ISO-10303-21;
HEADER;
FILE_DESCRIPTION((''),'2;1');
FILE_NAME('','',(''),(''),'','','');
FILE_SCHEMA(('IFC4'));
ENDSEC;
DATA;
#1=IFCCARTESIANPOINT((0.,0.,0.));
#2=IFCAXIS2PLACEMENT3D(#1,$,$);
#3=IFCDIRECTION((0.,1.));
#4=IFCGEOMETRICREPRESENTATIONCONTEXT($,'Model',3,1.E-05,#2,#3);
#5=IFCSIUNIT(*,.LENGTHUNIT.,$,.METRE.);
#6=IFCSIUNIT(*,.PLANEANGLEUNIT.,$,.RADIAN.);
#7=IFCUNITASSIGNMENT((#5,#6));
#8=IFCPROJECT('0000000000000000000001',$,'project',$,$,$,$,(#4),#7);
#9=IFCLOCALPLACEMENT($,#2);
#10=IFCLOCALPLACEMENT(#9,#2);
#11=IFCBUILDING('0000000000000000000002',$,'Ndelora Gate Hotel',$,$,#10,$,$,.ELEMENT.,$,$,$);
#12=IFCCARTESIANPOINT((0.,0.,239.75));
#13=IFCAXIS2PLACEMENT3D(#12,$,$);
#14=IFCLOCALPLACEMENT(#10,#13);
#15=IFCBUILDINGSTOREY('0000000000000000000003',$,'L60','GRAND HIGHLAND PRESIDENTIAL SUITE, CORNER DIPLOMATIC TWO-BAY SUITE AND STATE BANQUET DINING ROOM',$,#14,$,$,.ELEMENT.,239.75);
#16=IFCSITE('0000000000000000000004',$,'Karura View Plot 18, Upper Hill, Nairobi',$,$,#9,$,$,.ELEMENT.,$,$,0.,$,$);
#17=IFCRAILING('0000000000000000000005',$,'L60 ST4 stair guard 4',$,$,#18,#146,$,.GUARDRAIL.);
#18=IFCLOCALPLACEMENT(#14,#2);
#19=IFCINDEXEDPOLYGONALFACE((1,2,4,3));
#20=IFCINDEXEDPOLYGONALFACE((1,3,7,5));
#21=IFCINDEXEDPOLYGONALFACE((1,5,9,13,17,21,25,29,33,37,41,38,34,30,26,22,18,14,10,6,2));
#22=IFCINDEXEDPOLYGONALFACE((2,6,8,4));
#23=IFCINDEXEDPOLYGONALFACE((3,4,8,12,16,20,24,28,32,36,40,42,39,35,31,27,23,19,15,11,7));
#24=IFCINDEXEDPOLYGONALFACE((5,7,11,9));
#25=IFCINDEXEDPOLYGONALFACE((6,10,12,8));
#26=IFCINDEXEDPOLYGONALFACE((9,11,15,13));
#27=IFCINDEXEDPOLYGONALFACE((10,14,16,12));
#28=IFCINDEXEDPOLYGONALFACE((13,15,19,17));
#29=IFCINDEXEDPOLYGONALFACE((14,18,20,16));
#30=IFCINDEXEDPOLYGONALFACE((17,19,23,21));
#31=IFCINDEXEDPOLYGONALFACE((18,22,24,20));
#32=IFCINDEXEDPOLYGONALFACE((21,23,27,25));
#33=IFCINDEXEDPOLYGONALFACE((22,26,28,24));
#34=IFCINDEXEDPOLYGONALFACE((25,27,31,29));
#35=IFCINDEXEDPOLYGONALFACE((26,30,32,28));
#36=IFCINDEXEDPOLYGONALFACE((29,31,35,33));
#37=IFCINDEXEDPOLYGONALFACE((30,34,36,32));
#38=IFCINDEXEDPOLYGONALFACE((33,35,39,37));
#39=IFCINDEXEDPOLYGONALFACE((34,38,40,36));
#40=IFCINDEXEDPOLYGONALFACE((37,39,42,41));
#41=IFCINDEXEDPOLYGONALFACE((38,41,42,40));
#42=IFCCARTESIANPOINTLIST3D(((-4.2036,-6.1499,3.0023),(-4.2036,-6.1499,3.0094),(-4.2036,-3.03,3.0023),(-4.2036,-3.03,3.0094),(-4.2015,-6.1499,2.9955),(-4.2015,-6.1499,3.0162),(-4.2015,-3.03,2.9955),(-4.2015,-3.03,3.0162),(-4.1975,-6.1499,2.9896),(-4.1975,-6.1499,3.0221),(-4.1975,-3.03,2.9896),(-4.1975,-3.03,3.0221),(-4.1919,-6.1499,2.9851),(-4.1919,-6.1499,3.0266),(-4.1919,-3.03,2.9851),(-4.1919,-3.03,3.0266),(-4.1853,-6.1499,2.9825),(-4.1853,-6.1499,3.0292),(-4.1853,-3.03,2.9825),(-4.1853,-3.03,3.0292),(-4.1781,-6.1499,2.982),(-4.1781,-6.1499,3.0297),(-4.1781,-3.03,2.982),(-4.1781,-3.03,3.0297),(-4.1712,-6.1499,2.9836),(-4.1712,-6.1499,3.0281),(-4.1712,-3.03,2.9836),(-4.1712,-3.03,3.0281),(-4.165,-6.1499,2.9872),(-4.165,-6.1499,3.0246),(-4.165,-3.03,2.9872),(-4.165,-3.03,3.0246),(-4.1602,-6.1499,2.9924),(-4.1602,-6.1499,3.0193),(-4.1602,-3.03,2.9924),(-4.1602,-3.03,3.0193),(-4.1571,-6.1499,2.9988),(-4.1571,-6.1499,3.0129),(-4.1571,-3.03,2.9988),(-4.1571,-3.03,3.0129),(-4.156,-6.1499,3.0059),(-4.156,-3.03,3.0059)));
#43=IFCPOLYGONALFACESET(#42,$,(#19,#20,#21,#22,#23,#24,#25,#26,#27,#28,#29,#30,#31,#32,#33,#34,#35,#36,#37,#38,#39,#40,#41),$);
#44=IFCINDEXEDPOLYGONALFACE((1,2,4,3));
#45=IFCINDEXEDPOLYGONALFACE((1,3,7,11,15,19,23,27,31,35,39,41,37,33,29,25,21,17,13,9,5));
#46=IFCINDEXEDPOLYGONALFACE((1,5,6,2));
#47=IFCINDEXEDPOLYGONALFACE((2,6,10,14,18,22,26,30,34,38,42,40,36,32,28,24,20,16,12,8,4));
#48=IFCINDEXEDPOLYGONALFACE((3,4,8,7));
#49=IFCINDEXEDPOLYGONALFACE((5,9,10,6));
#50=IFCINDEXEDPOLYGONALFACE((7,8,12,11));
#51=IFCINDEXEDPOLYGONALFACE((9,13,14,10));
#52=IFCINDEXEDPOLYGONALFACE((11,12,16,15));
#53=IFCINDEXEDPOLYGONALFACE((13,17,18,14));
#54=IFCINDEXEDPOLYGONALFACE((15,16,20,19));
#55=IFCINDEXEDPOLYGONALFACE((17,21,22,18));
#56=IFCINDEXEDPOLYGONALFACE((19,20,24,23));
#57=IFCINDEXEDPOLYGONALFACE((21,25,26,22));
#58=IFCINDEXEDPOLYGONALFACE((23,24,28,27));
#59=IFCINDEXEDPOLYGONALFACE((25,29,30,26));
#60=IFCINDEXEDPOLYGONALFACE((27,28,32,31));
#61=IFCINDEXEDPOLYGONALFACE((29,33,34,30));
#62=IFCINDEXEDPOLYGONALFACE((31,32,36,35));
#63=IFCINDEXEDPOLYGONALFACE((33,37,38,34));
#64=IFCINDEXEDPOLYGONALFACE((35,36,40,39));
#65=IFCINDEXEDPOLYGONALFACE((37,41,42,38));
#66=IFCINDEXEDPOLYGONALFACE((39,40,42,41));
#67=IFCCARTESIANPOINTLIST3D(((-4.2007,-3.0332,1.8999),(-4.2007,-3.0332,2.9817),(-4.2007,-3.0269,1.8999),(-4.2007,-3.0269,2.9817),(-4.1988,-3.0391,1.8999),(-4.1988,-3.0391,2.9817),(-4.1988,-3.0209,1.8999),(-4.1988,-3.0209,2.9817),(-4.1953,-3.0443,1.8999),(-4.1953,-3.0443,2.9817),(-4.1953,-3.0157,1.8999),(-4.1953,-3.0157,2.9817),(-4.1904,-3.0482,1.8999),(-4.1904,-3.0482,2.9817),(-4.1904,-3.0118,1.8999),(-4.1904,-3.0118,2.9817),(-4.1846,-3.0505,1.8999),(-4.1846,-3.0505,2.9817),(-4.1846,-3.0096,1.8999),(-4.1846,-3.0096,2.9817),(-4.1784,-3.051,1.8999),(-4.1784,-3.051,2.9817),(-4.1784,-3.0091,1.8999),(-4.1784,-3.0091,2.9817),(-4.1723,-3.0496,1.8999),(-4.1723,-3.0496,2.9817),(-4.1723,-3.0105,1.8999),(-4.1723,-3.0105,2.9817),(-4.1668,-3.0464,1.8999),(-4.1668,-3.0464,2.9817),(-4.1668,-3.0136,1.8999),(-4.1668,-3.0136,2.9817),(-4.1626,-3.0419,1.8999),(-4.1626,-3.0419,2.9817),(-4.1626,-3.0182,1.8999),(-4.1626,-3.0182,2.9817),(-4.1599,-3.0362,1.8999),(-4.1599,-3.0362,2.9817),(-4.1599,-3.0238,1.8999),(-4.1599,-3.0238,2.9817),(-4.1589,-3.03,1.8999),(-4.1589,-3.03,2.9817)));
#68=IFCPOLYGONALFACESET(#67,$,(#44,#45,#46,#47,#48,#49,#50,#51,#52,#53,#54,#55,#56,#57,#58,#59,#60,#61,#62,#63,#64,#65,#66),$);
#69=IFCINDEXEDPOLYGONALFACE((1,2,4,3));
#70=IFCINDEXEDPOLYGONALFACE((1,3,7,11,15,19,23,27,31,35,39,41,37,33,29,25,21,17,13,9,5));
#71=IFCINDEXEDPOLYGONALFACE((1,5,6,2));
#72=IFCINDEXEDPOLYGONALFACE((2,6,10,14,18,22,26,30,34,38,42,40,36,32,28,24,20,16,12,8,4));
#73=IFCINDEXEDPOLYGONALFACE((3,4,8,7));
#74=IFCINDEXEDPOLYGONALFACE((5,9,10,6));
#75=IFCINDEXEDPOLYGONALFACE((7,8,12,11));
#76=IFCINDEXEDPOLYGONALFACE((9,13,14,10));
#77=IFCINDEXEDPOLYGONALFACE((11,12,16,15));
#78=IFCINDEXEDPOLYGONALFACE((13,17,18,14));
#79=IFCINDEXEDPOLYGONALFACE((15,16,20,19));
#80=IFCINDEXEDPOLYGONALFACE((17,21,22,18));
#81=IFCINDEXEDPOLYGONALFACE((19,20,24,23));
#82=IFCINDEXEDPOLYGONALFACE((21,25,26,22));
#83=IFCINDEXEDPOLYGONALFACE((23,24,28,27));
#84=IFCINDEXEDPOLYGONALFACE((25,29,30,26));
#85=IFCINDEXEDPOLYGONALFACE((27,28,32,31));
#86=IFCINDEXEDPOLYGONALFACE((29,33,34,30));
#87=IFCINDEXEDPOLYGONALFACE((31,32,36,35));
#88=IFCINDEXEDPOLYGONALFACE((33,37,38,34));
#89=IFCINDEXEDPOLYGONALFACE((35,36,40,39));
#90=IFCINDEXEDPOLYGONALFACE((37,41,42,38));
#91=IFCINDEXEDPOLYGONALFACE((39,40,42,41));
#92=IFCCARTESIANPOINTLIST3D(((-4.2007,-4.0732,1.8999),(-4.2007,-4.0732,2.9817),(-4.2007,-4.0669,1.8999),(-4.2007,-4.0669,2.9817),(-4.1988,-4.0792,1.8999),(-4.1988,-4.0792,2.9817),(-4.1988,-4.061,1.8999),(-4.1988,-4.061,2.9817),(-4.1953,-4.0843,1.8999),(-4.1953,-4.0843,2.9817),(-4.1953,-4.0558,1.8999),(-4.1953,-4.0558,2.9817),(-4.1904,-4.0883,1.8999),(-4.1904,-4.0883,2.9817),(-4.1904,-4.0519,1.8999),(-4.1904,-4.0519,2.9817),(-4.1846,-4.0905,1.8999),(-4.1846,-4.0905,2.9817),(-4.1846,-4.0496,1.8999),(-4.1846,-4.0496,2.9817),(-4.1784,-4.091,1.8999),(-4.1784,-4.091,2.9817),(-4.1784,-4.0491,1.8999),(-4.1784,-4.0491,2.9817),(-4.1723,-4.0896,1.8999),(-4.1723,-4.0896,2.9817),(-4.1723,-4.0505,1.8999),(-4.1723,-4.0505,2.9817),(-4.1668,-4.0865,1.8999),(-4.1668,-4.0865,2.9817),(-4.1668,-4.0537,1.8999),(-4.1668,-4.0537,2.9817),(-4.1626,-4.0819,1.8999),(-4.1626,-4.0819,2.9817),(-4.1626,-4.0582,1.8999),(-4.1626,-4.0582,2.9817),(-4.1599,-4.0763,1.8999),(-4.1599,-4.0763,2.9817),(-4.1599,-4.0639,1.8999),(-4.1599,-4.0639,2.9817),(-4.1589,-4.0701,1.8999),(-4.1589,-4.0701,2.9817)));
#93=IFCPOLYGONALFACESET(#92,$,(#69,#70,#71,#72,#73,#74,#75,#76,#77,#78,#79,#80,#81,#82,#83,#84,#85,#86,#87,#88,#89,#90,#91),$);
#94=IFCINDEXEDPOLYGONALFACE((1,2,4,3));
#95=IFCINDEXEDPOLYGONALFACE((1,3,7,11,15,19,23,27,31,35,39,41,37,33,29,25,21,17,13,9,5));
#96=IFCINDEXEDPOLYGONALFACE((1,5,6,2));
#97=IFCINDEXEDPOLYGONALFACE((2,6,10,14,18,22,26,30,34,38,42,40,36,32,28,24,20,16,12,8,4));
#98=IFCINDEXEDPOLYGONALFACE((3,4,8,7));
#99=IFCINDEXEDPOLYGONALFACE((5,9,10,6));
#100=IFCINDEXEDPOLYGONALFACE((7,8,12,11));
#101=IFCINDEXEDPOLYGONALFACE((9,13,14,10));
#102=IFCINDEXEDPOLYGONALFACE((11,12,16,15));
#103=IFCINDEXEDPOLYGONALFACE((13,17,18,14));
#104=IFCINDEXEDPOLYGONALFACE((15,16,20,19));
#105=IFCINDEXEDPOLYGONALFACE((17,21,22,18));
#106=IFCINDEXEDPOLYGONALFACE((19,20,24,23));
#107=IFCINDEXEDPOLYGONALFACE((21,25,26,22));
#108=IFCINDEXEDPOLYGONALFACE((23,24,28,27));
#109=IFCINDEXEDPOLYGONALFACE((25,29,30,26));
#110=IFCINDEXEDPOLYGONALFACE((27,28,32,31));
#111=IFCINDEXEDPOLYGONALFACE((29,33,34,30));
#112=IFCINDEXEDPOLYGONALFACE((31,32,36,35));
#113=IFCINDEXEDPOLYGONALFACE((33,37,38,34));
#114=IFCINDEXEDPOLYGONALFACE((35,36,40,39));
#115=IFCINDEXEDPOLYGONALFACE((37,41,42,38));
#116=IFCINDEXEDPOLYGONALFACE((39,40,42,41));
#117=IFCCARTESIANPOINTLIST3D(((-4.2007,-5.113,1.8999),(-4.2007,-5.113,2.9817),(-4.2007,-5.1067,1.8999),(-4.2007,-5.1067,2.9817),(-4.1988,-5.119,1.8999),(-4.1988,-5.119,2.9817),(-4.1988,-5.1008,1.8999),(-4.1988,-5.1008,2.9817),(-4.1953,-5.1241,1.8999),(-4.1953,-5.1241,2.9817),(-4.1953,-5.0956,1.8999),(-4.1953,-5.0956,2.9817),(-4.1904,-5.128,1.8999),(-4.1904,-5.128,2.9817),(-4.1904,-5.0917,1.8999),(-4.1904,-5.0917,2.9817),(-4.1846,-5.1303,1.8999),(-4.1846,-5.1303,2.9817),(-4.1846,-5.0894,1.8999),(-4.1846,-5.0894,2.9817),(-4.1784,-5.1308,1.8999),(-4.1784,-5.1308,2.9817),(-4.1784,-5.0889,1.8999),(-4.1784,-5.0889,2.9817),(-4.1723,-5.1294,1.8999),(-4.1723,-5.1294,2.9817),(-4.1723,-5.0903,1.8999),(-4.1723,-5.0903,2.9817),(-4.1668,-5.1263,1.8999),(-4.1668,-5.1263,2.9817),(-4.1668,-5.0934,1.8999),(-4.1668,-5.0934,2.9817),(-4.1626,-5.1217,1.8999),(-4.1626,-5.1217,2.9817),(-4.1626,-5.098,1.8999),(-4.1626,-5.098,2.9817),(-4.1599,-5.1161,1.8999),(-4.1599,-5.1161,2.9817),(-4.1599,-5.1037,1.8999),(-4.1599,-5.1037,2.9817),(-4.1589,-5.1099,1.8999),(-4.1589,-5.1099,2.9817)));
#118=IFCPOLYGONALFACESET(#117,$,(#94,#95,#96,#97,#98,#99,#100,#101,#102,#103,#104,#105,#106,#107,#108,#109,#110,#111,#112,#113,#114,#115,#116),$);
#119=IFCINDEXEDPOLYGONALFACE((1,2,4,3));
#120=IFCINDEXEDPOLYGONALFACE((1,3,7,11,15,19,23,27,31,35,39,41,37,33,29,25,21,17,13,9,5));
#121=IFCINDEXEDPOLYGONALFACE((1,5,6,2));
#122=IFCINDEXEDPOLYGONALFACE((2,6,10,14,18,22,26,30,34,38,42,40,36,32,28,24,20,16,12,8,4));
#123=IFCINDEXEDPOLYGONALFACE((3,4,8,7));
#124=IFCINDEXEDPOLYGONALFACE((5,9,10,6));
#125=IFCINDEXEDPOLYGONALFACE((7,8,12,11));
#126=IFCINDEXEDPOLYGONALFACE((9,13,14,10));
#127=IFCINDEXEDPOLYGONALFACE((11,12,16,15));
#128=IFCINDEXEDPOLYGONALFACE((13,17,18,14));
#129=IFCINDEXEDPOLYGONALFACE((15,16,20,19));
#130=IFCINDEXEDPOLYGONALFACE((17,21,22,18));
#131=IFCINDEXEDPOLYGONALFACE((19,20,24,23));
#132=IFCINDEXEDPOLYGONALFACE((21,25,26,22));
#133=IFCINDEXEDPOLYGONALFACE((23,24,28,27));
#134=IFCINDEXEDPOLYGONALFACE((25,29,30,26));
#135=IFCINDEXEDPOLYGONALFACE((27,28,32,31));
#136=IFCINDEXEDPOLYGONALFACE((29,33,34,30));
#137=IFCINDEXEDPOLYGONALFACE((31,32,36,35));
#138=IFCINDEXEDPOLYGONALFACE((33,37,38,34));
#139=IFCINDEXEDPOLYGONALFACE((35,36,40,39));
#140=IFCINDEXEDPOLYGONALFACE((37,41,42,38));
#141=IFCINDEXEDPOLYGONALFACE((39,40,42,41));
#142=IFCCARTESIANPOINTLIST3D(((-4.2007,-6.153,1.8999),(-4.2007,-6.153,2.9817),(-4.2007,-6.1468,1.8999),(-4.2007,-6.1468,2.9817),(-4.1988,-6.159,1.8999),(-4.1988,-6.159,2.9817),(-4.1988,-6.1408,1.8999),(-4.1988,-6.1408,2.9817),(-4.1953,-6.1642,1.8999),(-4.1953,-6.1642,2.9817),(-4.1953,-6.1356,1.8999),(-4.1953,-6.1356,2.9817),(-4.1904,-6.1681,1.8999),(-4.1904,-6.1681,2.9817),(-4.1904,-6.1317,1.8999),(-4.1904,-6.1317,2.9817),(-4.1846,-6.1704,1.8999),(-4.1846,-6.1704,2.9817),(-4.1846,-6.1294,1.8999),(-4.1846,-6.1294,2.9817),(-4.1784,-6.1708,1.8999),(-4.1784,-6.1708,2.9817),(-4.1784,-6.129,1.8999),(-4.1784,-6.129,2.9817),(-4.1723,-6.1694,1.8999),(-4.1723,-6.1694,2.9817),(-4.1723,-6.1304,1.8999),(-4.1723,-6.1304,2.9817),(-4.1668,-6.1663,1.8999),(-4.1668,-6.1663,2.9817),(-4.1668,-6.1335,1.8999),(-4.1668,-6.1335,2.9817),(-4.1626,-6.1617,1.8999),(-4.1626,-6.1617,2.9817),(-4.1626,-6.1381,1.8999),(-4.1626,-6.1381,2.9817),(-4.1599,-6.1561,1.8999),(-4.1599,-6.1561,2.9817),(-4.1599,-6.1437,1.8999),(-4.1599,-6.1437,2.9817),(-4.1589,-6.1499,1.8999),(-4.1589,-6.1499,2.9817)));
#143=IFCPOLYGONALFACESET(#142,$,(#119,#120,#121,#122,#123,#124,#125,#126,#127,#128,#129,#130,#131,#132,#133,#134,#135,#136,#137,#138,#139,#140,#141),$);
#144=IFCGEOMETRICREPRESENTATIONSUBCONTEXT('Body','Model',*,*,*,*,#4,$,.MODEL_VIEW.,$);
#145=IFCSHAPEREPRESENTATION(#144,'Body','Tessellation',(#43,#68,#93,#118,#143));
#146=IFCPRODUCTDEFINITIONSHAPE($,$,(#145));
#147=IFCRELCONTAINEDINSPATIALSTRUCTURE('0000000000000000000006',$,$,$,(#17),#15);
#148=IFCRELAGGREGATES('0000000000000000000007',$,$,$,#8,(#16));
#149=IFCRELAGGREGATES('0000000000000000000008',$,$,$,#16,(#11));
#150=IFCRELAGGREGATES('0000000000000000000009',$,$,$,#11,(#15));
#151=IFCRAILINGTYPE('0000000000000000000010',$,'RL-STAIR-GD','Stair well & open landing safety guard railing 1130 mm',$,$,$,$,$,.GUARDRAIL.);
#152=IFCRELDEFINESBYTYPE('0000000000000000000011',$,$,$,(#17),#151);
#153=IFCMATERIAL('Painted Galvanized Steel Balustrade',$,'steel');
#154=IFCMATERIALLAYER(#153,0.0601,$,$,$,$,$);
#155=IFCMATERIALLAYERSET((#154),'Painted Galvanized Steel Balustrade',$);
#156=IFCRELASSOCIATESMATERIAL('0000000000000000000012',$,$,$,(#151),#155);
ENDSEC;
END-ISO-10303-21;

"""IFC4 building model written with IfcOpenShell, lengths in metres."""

from ifc_helpers import new_model, si_unit, direction, frame, origin, origin_2d, place, context, subcontext, project, spatial, circle, extrude, material, layer, layer_set, type_object, element, save


model = new_model("IFC4")

# Units and contexts
model_context = context("Model", 3, precision=1e-05, world=origin(), true_north=direction((0.0, 1.0)))
body_context = subcontext(model_context, "Body", "Model", "MODEL_VIEW")
ifc_project = project(units=[si_unit("LENGTHUNIT", "METRE"), si_unit("PLANEANGLEUNIT", "RADIAN")], contexts=[model_context])

# Site, building, storey
site_placement = place(None, origin())
site = spatial("IfcSite", under=ifc_project, at=site_placement, Name="Karura View Plot 18, Upper Hill, Nairobi", CompositionType="ELEMENT", RefElevation=0.0)
building_placement = place(site_placement, origin())
building = spatial("IfcBuilding", under=site, at=building_placement, Name="Ndelora Gate Hotel", CompositionType="ELEMENT")
storey_placement = place(building_placement, frame((0.0, 0.0, 239.75)))
storey = spatial("IfcBuildingStorey", under=building, at=storey_placement, Name="L60", Description="GRAND HIGHLAND PRESIDENTIAL SUITE, CORNER DIPLOMATIC TWO-BAY SUITE AND STATE BANQUET DINING ROOM", CompositionType="ELEMENT", Elevation=239.75)

# Railing
ifc_material_1 = material(Name="Painted Galvanized Steel Balustrade", Category="steel")
ifc_layer_1 = layer(ifc_material_1, 0.0601)
ifc_layer_set_1 = layer_set([ifc_layer_1], Name="Painted Galvanized Steel Balustrade")
railing_type_1 = type_object("IfcRailingType", Name="RL-STAIR-GD", Description="Stair well & open landing safety guard railing 1130 mm", PredefinedType="GUARDRAIL", material=ifc_layer_set_1)
for number, where, name in (
    (1, (-4.1799, -3.03, 1.8999), "L60 ST4 stair guard 4"),
):
    element("IfcRailing", number, at=place(storey_placement, frame(where)), inside=storey, type_object=railing_type_1, Name=name, PredefinedType="GUARDRAIL", context=body_context, shape_type="SweptSolid", body=[
        extrude(circle(Radius=0.0239, at=origin_2d()), frame((0.0, 0.0, 1.106), z_axis=(0.0, -1.0, 0.0), x_axis=(1.0, 0.0, 0.0)), (0.0, 0.0, 1.0), 3.1199),
        extrude(circle(Radius=0.021, at=origin_2d()), origin(), (0.0, 0.0, 1.0), 1.0818),
        extrude(circle(Radius=0.021, at=origin_2d()), frame((0.0, -1.04, 0.0)), (0.0, 0.0, 1.0), 1.0818),
        extrude(circle(Radius=0.021, at=origin_2d()), frame((0.0, -2.0798, 0.0)), (0.0, 0.0, 1.0), 1.0818),
        extrude(circle(Radius=0.021, at=origin_2d()), frame((0.0, -3.1199, 0.0)), (0.0, 0.0, 1.0), 1.0818),
    ])

save(model, "model.ifc")
